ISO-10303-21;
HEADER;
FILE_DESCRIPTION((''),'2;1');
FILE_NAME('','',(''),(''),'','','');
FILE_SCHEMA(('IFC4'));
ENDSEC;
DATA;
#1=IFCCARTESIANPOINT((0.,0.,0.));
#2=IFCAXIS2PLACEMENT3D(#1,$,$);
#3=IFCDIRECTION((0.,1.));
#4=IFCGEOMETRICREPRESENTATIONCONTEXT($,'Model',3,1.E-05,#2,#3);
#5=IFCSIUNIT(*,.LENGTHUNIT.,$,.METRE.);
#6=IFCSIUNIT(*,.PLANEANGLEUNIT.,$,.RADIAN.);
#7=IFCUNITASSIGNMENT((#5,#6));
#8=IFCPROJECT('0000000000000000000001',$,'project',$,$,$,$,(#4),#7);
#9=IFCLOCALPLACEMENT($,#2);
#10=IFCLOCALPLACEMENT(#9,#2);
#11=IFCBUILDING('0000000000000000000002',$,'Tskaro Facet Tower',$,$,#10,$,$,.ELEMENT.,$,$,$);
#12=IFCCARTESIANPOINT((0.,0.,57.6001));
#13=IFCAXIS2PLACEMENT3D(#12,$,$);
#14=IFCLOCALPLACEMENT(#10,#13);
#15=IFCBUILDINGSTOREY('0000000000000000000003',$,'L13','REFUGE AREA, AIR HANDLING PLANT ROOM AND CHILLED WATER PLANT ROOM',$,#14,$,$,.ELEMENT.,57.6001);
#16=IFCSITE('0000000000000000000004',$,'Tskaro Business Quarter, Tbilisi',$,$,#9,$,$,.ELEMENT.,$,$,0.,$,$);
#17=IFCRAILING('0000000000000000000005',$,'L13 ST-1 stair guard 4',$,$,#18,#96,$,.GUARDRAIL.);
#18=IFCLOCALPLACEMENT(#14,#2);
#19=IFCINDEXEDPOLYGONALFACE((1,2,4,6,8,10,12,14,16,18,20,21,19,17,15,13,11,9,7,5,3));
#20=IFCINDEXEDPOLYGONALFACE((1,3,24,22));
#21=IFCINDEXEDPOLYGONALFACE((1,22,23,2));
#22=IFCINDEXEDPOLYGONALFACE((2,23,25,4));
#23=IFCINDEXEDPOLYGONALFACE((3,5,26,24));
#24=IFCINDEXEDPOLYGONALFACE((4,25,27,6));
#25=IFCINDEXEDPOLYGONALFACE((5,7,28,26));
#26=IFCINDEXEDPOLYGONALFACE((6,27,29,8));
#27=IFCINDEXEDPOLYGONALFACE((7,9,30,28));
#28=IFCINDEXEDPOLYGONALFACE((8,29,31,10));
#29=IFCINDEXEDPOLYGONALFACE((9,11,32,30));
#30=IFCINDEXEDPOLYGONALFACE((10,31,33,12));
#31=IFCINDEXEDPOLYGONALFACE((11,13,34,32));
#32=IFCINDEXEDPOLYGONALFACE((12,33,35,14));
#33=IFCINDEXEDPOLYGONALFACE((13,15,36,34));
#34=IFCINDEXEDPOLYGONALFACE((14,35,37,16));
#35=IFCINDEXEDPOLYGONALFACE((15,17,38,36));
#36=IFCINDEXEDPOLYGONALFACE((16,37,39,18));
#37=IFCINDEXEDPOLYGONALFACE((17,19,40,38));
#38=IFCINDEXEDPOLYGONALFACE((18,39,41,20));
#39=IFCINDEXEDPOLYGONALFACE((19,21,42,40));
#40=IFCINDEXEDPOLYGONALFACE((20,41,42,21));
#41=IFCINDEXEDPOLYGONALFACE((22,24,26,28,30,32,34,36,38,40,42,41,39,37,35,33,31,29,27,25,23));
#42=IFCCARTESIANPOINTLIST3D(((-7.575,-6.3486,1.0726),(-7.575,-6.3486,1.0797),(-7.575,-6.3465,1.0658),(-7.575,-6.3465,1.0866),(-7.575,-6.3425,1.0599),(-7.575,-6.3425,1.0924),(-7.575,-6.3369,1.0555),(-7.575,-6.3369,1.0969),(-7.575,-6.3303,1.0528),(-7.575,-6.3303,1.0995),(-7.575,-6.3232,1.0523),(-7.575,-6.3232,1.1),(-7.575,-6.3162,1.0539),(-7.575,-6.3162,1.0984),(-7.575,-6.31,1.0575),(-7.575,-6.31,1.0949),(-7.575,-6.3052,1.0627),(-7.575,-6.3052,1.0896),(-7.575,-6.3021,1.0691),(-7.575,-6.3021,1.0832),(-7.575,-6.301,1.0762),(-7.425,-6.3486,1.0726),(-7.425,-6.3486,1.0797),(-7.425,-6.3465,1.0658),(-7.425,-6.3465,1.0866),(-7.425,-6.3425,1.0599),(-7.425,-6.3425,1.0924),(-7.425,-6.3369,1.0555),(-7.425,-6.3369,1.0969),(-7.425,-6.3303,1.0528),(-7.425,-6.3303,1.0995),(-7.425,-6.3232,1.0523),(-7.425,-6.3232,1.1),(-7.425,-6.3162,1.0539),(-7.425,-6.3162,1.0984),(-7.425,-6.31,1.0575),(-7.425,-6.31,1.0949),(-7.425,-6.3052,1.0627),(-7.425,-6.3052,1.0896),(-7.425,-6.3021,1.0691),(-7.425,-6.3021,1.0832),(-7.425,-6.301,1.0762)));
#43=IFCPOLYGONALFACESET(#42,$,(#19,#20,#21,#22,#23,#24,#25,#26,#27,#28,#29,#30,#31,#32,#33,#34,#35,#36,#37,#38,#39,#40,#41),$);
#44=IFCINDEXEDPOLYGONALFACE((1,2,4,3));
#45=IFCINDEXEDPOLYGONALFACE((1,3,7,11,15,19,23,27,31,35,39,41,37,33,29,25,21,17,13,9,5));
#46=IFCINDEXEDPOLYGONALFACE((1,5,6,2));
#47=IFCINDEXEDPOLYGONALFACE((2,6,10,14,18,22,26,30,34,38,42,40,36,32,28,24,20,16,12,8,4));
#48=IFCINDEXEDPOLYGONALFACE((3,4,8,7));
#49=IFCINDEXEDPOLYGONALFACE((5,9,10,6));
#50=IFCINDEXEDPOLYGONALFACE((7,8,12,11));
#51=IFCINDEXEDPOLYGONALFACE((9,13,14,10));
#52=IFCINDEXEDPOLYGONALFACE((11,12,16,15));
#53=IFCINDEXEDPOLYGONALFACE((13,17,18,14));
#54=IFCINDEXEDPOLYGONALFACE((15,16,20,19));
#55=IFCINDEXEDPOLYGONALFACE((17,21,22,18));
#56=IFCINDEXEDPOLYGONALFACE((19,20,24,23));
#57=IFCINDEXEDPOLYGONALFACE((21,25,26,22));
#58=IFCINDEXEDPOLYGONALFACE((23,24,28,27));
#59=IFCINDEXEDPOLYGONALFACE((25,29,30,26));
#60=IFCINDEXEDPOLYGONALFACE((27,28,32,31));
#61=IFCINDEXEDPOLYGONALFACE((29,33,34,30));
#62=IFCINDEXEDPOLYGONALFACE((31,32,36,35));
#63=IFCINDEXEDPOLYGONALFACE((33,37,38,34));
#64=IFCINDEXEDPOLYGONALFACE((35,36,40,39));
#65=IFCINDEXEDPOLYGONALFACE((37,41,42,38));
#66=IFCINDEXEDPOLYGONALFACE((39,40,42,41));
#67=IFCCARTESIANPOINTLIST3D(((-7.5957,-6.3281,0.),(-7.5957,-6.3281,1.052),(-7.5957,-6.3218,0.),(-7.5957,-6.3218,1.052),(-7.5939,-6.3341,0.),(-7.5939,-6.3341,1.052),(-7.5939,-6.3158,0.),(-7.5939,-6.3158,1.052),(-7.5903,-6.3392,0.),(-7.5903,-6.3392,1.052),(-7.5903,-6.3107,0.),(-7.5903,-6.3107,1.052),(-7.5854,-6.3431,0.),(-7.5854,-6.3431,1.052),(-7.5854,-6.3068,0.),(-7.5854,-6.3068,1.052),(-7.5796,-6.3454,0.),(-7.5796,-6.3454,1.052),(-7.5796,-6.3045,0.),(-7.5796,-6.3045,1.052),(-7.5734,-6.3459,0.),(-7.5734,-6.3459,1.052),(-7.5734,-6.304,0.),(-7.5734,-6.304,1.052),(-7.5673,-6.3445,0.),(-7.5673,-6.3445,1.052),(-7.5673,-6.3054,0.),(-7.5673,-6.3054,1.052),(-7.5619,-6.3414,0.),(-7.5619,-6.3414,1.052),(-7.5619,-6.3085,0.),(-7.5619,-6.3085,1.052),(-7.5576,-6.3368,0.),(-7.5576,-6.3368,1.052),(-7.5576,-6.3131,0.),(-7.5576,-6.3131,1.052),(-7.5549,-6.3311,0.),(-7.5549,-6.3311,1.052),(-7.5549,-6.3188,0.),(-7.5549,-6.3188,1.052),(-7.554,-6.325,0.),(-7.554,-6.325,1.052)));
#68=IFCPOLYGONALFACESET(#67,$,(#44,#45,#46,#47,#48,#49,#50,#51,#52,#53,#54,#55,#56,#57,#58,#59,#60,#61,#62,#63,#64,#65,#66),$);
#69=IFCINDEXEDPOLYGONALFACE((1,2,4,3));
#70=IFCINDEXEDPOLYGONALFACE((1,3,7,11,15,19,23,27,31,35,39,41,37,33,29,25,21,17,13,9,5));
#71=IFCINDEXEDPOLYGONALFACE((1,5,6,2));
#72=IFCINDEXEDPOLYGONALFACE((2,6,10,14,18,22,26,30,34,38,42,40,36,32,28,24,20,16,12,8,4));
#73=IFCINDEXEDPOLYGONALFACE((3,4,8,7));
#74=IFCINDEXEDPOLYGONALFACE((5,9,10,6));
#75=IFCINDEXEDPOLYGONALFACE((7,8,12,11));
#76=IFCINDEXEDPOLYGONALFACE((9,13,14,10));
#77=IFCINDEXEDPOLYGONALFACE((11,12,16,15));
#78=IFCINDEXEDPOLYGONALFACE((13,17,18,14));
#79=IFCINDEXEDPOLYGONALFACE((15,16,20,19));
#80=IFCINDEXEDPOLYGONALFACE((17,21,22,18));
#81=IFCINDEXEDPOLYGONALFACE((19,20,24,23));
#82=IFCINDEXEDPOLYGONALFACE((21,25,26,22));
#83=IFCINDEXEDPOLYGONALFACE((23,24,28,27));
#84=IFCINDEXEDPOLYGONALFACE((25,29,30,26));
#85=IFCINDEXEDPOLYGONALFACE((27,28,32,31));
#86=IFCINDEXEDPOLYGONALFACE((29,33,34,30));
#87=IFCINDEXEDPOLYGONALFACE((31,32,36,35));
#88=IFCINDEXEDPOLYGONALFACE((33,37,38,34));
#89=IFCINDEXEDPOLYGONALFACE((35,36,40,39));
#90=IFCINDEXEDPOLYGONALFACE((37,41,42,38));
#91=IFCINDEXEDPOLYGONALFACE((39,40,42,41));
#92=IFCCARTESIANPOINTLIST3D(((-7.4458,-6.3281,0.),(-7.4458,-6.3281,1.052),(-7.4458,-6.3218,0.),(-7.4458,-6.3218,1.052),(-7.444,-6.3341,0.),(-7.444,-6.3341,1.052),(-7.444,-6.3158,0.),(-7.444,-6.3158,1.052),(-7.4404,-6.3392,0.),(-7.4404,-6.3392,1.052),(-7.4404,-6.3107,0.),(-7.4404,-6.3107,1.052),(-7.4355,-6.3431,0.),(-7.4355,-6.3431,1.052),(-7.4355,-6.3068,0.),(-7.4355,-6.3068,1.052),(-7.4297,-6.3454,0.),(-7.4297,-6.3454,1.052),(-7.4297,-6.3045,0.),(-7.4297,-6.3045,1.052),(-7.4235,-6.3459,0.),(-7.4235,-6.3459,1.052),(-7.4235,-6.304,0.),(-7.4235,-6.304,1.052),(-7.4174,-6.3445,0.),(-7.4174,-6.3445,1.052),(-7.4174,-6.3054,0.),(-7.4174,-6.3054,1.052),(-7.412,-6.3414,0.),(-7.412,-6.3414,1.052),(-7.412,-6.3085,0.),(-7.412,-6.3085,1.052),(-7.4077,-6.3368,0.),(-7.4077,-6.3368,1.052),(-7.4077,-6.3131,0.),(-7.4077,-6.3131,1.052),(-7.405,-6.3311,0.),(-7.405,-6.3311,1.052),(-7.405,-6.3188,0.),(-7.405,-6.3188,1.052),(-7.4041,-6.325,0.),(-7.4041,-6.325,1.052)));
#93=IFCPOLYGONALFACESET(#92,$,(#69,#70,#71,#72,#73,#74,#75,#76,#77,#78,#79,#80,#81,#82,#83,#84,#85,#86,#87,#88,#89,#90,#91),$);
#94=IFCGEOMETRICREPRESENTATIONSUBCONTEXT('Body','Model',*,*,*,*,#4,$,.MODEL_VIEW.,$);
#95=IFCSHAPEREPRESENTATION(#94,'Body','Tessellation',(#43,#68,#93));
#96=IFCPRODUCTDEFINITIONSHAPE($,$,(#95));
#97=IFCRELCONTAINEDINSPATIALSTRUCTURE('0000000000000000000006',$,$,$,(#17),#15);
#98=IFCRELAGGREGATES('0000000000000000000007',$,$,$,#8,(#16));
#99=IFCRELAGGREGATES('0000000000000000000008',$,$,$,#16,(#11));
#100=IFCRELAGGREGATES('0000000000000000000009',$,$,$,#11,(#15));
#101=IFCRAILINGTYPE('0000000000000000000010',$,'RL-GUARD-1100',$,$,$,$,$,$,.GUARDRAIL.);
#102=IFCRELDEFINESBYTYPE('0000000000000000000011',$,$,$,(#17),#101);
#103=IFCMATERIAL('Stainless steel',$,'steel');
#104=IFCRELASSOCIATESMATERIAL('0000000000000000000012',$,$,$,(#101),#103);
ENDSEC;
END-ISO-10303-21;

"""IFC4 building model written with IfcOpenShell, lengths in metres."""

from ifc_helpers import new_model, si_unit, direction, frame, origin, origin_2d, place, context, subcontext, project, spatial, circle, extrude, material, type_object, element, save


model = new_model("IFC4")

# Units and contexts
model_context = context("Model", 3, precision=1e-05, world=origin(), true_north=direction((0.0, 1.0)))
body_context = subcontext(model_context, "Body", "Model", "MODEL_VIEW")
ifc_project = project(units=[si_unit("LENGTHUNIT", "METRE"), si_unit("PLANEANGLEUNIT", "RADIAN")], contexts=[model_context])

# Site, building, storey
site_placement = place(None, origin())
site = spatial("IfcSite", under=ifc_project, at=site_placement, Name="Tskaro Business Quarter, Tbilisi", CompositionType="ELEMENT", RefElevation=0.0)
building_placement = place(site_placement, origin())
building = spatial("IfcBuilding", under=site, at=building_placement, Name="Tskaro Facet Tower", CompositionType="ELEMENT")
storey_placement = place(building_placement, frame((0.0, 0.0, 57.6001)))
storey = spatial("IfcBuildingStorey", under=building, at=storey_placement, Name="L13", Description="REFUGE AREA, AIR HANDLING PLANT ROOM AND CHILLED WATER PLANT ROOM", CompositionType="ELEMENT", Elevation=57.6001)

# Shared definitions
ifc_material_1 = material(Name="Stainless steel", Category="steel")

# Railing
railing_type_1 = type_object("IfcRailingType", Name="RL-GUARD-1100", PredefinedType="GUARDRAIL", material=ifc_material_1)
railing_1_placement = place(storey_placement, frame((-7.575, -6.325, 0.0)))
element("IfcRailing", 1, at=railing_1_placement, inside=storey, type_object=railing_type_1, Name="L13 ST-1 stair guard 4", PredefinedType="GUARDRAIL", context=body_context, shape_type="SweptSolid", body=[
    extrude(circle(Radius=0.0239, at=origin_2d()), frame((0.0, 0.0, 1.0762), z_axis=(1.0, 0.0, 0.0), x_axis=(0.0, 1.0, 0.0)), (0.0, 0.0, 1.0), 0.1499),
    extrude(circle(Radius=0.021, at=origin_2d()), origin(), (0.0, 0.0, 1.0), 1.052),
    extrude(circle(Radius=0.021, at=origin_2d()), frame((0.1499, 0.0, 0.0)), (0.0, 0.0, 1.0), 1.052),
])

save(model, "model.ifc")
